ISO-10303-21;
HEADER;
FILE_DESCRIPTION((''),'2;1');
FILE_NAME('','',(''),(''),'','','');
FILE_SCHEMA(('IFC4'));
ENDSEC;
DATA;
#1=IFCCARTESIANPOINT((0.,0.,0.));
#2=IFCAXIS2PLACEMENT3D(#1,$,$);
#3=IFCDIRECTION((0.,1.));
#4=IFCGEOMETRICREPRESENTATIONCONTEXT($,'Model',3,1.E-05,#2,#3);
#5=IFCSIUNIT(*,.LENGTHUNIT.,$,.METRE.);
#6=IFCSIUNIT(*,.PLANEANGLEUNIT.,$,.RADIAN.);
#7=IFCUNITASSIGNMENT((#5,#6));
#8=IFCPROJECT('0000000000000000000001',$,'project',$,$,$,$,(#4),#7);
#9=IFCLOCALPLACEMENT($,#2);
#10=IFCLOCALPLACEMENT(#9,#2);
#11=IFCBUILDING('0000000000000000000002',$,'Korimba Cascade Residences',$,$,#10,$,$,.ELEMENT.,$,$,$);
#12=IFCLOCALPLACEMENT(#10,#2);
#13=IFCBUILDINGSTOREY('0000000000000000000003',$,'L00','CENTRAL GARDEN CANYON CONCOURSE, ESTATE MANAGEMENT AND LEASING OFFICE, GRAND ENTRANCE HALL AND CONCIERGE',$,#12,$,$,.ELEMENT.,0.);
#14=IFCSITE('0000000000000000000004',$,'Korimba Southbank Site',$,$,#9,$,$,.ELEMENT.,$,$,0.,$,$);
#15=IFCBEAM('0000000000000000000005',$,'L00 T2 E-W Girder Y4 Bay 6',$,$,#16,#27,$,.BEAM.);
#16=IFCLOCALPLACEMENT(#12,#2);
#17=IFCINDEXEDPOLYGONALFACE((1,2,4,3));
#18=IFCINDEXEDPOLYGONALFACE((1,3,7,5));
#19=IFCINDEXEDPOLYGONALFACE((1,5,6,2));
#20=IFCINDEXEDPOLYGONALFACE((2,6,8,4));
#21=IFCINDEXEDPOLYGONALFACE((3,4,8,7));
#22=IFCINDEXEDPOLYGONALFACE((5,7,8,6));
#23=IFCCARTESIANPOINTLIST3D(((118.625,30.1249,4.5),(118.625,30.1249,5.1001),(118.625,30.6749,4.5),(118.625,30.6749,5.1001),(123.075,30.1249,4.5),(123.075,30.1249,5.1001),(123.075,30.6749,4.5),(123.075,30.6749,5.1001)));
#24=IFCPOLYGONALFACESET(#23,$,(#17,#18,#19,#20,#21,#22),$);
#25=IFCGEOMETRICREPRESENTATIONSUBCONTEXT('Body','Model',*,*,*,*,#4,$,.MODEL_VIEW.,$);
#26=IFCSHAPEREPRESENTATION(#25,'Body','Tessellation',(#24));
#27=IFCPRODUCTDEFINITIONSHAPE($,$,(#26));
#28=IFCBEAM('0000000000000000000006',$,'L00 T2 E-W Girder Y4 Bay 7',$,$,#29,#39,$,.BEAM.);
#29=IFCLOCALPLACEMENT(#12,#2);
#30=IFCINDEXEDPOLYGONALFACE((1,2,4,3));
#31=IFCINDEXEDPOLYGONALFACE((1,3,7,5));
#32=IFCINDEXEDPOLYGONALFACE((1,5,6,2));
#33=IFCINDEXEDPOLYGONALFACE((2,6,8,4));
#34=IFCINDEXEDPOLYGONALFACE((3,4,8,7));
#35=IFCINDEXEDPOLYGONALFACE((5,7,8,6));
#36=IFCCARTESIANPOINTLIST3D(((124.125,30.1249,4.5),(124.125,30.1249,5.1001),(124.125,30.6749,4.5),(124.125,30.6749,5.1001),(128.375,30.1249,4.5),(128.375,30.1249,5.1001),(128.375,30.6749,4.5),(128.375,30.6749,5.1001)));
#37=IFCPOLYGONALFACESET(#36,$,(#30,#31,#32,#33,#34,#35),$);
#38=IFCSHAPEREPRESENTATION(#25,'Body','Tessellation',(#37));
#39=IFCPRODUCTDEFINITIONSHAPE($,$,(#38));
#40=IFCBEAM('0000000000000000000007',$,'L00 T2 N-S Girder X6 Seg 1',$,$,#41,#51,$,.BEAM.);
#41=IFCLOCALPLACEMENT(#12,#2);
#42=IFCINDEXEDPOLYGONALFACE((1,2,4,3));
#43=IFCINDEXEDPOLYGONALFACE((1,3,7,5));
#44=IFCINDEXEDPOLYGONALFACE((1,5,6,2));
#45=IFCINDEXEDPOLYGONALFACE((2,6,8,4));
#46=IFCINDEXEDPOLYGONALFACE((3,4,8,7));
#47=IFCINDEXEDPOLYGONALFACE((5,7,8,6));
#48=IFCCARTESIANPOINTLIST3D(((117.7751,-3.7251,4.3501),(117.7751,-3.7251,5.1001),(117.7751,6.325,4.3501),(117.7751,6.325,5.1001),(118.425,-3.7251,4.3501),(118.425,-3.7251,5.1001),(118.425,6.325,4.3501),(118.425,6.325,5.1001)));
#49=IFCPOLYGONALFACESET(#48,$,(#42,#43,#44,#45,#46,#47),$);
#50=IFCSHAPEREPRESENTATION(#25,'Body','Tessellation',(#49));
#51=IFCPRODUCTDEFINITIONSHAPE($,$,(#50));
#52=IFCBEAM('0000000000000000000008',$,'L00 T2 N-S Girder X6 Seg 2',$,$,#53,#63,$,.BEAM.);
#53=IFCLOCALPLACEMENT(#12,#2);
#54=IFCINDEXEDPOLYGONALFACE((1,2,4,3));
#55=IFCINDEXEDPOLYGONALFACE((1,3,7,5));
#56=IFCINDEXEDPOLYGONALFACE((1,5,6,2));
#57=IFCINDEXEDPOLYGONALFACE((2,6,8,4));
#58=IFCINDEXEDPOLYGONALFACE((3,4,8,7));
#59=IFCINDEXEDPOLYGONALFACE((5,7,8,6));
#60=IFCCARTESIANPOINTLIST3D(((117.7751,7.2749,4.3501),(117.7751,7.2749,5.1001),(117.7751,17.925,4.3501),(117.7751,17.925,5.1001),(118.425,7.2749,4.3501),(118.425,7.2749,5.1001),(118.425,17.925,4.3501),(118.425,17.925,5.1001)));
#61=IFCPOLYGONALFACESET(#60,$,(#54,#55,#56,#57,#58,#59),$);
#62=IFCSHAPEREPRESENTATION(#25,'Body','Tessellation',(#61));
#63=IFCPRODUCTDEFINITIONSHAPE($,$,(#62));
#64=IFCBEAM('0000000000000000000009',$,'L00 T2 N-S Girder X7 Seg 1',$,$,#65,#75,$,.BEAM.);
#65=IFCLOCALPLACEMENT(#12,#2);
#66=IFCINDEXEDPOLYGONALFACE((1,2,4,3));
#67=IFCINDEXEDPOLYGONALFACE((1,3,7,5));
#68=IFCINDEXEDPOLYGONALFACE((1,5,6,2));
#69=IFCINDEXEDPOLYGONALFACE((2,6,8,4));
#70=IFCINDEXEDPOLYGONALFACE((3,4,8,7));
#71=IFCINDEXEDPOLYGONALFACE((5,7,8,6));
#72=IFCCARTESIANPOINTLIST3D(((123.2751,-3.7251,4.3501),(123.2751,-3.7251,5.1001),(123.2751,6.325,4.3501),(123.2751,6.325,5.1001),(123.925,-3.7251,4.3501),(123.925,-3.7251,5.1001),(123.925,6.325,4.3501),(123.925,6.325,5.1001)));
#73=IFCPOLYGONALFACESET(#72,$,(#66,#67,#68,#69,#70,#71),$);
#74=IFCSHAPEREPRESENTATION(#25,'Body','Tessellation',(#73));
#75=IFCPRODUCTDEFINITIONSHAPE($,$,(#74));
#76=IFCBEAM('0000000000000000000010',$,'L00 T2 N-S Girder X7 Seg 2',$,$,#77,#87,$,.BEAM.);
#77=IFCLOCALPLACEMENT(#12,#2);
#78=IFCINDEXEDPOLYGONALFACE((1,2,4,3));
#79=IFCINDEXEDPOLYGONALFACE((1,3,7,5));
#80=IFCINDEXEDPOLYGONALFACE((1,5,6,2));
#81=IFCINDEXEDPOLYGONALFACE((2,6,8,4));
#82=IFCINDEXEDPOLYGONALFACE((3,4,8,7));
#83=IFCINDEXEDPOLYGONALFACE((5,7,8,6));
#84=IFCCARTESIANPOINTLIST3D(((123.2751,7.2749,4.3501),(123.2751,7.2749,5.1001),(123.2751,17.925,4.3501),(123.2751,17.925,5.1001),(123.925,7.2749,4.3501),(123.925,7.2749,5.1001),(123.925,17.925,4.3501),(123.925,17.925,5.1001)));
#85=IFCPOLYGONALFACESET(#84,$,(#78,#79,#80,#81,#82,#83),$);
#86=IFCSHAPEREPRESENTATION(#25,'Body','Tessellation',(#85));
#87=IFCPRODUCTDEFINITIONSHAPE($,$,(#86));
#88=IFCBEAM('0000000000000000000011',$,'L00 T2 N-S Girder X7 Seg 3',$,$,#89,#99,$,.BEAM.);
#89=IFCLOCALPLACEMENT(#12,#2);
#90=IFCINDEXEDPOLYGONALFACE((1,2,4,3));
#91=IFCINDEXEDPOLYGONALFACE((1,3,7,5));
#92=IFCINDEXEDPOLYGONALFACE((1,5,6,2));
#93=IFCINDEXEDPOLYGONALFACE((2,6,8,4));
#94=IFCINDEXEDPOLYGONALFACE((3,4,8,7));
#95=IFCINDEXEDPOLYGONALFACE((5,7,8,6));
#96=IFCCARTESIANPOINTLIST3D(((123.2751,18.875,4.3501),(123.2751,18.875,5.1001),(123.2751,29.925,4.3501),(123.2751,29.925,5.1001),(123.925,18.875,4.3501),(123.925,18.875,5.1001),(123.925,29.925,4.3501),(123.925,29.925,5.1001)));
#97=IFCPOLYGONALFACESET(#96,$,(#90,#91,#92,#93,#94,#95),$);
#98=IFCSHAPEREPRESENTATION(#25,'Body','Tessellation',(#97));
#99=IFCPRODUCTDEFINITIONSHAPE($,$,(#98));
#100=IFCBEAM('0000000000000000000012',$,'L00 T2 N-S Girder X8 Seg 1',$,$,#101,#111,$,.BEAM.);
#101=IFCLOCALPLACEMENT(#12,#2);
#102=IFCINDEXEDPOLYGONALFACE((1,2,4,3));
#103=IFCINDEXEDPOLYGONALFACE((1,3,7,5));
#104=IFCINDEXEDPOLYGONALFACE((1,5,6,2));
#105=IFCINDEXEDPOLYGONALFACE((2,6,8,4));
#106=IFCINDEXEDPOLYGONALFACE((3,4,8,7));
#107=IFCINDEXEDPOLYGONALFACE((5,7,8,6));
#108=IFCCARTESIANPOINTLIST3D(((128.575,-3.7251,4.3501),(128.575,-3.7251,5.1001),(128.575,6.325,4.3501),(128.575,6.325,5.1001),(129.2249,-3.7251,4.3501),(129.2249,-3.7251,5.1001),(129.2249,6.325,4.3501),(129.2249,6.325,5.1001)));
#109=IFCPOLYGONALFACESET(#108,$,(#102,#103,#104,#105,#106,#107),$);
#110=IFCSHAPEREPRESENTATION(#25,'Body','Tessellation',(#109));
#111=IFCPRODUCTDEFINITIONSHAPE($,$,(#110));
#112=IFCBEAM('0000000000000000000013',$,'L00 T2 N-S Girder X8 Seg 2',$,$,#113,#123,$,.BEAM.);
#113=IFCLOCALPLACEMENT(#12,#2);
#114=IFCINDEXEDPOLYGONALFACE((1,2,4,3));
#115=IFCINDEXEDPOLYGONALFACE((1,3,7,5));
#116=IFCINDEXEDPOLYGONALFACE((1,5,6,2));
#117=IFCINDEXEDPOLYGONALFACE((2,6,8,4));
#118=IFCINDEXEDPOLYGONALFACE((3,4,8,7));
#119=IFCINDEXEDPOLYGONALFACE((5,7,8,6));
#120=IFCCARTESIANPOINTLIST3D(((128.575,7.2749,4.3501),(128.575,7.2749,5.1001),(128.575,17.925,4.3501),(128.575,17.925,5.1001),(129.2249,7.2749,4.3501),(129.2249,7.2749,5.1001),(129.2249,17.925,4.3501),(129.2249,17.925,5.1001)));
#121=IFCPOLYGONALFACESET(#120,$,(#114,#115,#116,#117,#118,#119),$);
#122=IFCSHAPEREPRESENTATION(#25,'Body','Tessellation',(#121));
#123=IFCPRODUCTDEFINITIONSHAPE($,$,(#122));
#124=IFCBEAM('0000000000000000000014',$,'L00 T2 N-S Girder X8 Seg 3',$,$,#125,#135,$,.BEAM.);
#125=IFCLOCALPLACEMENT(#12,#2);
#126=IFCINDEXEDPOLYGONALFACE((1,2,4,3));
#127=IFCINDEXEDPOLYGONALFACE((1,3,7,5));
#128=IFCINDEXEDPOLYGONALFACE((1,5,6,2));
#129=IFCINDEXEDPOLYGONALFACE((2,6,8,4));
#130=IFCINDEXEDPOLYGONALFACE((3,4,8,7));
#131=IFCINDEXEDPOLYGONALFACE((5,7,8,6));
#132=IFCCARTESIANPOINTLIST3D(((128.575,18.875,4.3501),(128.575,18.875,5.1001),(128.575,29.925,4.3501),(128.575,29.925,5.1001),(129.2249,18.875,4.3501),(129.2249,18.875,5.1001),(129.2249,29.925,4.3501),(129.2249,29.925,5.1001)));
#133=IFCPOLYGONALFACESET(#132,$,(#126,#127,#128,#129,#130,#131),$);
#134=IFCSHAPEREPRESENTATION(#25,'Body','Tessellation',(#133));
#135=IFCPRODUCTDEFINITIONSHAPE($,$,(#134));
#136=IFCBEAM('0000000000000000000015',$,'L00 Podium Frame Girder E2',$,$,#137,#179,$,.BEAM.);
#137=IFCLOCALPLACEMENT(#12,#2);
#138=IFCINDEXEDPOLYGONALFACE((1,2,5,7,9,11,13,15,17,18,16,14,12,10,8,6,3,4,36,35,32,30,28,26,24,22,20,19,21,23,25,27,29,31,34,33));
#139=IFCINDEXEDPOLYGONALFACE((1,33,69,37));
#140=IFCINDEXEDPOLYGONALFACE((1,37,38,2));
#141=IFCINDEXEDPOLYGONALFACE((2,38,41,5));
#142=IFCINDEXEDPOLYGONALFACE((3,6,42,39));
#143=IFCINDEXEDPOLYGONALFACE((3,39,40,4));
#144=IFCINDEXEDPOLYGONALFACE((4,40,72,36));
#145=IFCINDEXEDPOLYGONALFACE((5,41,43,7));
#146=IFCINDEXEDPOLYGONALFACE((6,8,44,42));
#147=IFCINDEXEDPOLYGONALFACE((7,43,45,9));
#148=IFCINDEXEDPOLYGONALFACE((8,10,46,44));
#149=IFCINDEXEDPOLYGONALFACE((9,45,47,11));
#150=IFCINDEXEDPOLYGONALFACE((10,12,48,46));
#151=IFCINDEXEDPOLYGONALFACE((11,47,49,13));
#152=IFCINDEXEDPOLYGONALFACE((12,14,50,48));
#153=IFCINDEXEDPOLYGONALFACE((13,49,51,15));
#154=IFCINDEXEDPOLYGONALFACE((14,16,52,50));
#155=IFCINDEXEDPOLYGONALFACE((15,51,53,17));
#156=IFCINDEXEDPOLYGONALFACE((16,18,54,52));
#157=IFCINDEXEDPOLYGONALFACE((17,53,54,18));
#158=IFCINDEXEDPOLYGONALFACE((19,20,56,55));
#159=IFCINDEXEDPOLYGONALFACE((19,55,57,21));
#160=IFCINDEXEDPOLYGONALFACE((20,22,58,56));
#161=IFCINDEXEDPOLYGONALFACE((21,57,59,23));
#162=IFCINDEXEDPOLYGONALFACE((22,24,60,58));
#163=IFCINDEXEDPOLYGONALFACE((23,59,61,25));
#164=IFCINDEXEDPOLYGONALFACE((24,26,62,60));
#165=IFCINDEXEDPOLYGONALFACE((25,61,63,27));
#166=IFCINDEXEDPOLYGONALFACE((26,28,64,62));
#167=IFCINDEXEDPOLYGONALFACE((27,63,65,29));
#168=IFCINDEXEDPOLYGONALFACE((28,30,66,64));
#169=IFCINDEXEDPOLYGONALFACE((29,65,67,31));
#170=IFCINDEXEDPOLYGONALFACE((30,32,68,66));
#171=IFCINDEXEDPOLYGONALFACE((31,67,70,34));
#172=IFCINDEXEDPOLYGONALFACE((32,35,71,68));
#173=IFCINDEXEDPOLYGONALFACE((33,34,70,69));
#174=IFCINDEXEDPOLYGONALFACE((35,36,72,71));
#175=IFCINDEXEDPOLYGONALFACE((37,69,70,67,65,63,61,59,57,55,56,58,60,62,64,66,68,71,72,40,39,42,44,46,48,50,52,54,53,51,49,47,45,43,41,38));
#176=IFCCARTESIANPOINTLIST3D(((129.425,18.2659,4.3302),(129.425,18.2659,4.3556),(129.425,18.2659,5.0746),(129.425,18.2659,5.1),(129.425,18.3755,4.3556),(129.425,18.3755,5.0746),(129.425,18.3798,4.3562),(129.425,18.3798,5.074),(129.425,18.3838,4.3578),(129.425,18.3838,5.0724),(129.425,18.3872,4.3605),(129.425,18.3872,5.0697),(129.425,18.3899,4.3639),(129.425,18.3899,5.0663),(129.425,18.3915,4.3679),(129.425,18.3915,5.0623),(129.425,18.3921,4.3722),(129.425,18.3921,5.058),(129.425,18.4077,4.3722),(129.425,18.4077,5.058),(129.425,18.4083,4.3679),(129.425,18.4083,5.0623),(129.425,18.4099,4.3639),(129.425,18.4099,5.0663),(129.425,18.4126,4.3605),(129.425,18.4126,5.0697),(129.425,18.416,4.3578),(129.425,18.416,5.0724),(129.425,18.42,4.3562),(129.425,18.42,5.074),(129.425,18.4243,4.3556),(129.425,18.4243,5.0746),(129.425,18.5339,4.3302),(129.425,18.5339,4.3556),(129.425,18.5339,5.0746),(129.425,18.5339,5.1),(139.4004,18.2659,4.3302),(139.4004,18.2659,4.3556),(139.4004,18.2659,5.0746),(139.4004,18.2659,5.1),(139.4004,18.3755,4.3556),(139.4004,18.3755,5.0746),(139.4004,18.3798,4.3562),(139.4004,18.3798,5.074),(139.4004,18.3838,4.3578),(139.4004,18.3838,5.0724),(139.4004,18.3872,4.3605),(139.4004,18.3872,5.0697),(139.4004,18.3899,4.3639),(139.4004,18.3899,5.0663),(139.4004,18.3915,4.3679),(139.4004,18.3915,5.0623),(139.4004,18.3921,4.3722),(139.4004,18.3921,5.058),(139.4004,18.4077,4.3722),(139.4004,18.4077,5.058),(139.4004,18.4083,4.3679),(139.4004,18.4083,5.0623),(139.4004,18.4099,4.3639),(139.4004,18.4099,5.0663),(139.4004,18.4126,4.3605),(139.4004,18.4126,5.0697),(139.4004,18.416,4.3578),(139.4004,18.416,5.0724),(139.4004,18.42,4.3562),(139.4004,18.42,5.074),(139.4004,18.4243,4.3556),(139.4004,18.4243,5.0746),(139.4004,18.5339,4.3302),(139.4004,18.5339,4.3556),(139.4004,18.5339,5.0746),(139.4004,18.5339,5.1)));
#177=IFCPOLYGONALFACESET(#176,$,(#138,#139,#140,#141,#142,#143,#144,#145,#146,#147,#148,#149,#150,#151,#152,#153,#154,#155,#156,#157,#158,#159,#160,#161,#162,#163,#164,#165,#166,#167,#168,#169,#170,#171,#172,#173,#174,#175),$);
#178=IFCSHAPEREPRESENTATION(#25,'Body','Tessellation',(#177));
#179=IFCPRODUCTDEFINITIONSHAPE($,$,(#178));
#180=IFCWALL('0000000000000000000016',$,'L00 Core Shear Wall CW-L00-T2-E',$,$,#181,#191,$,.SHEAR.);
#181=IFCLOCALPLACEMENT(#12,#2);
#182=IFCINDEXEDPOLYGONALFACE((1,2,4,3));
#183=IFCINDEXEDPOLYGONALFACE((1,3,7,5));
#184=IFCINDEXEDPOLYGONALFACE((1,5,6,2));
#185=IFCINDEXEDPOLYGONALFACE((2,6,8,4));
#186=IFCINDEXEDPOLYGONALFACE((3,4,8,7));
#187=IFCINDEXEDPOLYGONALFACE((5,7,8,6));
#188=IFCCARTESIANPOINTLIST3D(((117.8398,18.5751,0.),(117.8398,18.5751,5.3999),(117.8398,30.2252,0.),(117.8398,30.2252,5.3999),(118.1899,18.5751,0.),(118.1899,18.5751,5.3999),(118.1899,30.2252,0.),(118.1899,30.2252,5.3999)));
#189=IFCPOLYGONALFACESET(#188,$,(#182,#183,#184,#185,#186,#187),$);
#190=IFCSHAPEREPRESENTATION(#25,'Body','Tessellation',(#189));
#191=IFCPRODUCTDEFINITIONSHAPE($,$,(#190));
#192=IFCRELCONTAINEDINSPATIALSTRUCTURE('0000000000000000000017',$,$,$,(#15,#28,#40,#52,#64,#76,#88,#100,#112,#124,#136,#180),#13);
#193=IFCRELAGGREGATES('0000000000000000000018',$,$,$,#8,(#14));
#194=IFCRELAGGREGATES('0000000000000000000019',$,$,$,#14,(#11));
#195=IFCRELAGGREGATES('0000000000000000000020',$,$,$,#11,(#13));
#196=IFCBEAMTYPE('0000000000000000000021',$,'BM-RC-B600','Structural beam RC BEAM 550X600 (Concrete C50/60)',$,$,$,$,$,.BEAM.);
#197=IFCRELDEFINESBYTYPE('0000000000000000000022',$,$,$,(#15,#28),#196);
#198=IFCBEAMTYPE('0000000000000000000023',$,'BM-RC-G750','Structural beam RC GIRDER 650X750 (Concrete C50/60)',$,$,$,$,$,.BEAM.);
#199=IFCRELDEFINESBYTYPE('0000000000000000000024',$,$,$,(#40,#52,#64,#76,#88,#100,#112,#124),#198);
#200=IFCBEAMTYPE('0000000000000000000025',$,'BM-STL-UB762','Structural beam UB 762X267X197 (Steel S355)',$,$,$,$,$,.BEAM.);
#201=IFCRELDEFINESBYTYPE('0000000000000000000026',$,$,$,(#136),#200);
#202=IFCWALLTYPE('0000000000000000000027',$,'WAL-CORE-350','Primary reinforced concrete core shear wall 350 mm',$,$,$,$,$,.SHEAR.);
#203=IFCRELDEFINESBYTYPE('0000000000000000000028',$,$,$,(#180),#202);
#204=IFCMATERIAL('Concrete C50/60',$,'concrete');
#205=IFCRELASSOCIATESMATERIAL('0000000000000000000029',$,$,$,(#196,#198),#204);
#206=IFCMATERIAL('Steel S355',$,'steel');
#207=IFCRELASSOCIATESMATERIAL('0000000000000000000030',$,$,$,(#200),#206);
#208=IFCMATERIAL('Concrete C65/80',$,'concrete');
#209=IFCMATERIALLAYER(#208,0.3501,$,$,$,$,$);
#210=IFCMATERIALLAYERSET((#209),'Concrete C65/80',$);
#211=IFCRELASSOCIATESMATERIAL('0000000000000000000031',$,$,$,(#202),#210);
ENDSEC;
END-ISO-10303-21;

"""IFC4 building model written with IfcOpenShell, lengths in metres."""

from ifc_helpers import new_model, si_unit, direction, frame, frame_2d, origin, origin_2d, place, context, subcontext, project, spatial, rectangle, i_section, extrude, material, layer, layer_set, material_profile, profile_set, type_object, element, save


model = new_model("IFC4")

# Units and contexts
model_context = context("Model", 3, precision=1e-05, world=origin(), true_north=direction((0.0, 1.0)))
body_context = subcontext(model_context, "Body", "Model", "MODEL_VIEW")
ifc_project = project(units=[si_unit("LENGTHUNIT", "METRE"), si_unit("PLANEANGLEUNIT", "RADIAN")], contexts=[model_context])

# Site, building, storey
site_placement = place(None, origin())
site = spatial("IfcSite", under=ifc_project, at=site_placement, Name="Korimba Southbank Site", CompositionType="ELEMENT", RefElevation=0.0)
building_placement = place(site_placement, origin())
building = spatial("IfcBuilding", under=site, at=building_placement, Name="Korimba Cascade Residences", CompositionType="ELEMENT")
storey_placement = place(building_placement, origin())
storey = spatial("IfcBuildingStorey", under=building, at=storey_placement, Name="L00", Description="CENTRAL GARDEN CANYON CONCOURSE, ESTATE MANAGEMENT AND LEASING OFFICE, GRAND ENTRANCE HALL AND CONCIERGE", CompositionType="ELEMENT", Elevation=0.0)

# Shared definitions
ifc_material_1 = material(Name="Steel S355", Category="steel")

# Beams
ifc_material_2 = material(Name="Concrete C50/60", Category="concrete")
ifc_material_profile_1 = material_profile(ifc_material_2, rectangle(XDim=0.55, YDim=0.6001, at=origin_2d()), Name="Concrete C50/60")
ifc_profile_set_1 = profile_set([ifc_material_profile_1], Name="Concrete C50/60")
beam_type_1 = type_object("IfcBeamType", Name="BM-RC-B600", Description="Structural beam RC BEAM 550X600 (Concrete C50/60)", PredefinedType="BEAM", material=ifc_profile_set_1)
beam_1_placement = place(storey_placement, frame((118.625, 30.3999, 4.8), z_axis=(1.0, 0.0, 0.0), x_axis=(0.0, 1.0, 0.0)))
element("IfcBeam", 1, at=beam_1_placement, inside=storey, type_object=beam_type_1, Name="L00 T2 E-W Girder Y4 Bay 6", PredefinedType="BEAM", context=body_context, shape_type="SweptSolid", body=[
    extrude(rectangle(XDim=0.55, YDim=0.6001, at=origin_2d()), origin(), (0.0, 0.0, 1.0), 4.45),
])
beam_2_placement = place(storey_placement, frame((124.125, 30.3999, 4.8), z_axis=(1.0, 0.0, 0.0), x_axis=(0.0, 1.0, 0.0)))
element("IfcBeam", 2, at=beam_2_placement, inside=storey, type_object=beam_type_1, Name="L00 T2 E-W Girder Y4 Bay 7", PredefinedType="BEAM", context=body_context, shape_type="SweptSolid", body=[
    extrude(rectangle(XDim=0.55, YDim=0.6001, at=origin_2d()), origin(), (0.0, 0.0, 1.0), 4.25),
])
ifc_material_profile_2 = material_profile(ifc_material_2, rectangle(XDim=0.6499, YDim=0.75, at=origin_2d()), Name="Concrete C50/60")
ifc_profile_set_2 = profile_set([ifc_material_profile_2], Name="Concrete C50/60")
beam_type_2 = type_object("IfcBeamType", Name="BM-RC-G750", Description="Structural beam RC GIRDER 650X750 (Concrete C50/60)", PredefinedType="BEAM", material=ifc_profile_set_2)
beam_3_placement = place(storey_placement, frame((118.1001, -3.7251, 4.7251), z_axis=(0.0, 1.0, 0.0), x_axis=(-1.0, 0.0, 0.0)))
element("IfcBeam", 3, at=beam_3_placement, inside=storey, type_object=beam_type_2, Name="L00 T2 N-S Girder X6 Seg 1", PredefinedType="BEAM", context=body_context, shape_type="SweptSolid", body=[
    extrude(rectangle(XDim=0.6499, YDim=0.75, at=origin_2d()), origin(), (0.0, 0.0, 1.0), 10.05),
])
beam_4_placement = place(storey_placement, frame((118.1001, 7.2749, 4.7251), z_axis=(0.0, 1.0, 0.0), x_axis=(-1.0, 0.0, 0.0)))
element("IfcBeam", 4, at=beam_4_placement, inside=storey, type_object=beam_type_2, Name="L00 T2 N-S Girder X6 Seg 2", PredefinedType="BEAM", context=body_context, shape_type="SweptSolid", body=[
    extrude(rectangle(XDim=0.6499, YDim=0.75, at=origin_2d()), origin(), (0.0, 0.0, 1.0), 10.6501),
])
beam_5_placement = place(storey_placement, frame((123.6001, -3.7251, 4.7251), z_axis=(0.0, 1.0, 0.0), x_axis=(-1.0, 0.0, 0.0)))
element("IfcBeam", 5, at=beam_5_placement, inside=storey, type_object=beam_type_2, Name="L00 T2 N-S Girder X7 Seg 1", PredefinedType="BEAM", context=body_context, shape_type="SweptSolid", body=[
    extrude(rectangle(XDim=0.6499, YDim=0.75, at=origin_2d()), origin(), (0.0, 0.0, 1.0), 10.05),
])
beam_6_placement = place(storey_placement, frame((123.6001, 7.2749, 4.7251), z_axis=(0.0, 1.0, 0.0), x_axis=(-1.0, 0.0, 0.0)))
element("IfcBeam", 6, at=beam_6_placement, inside=storey, type_object=beam_type_2, Name="L00 T2 N-S Girder X7 Seg 2", PredefinedType="BEAM", context=body_context, shape_type="SweptSolid", body=[
    extrude(rectangle(XDim=0.6499, YDim=0.75, at=origin_2d()), origin(), (0.0, 0.0, 1.0), 10.6501),
])
beam_7_placement = place(storey_placement, frame((123.6001, 18.875, 4.7251), z_axis=(0.0, 1.0, 0.0), x_axis=(-1.0, 0.0, 0.0)))
element("IfcBeam", 7, at=beam_7_placement, inside=storey, type_object=beam_type_2, Name="L00 T2 N-S Girder X7 Seg 3", PredefinedType="BEAM", context=body_context, shape_type="SweptSolid", body=[
    extrude(rectangle(XDim=0.6499, YDim=0.75, at=origin_2d()), origin(), (0.0, 0.0, 1.0), 11.05),
])
beam_8_placement = place(storey_placement, frame((128.8999, -3.7251, 4.7251), z_axis=(0.0, 1.0, 0.0), x_axis=(-1.0, 0.0, 0.0)))
element("IfcBeam", 8, at=beam_8_placement, inside=storey, type_object=beam_type_2, Name="L00 T2 N-S Girder X8 Seg 1", PredefinedType="BEAM", context=body_context, shape_type="SweptSolid", body=[
    extrude(rectangle(XDim=0.6499, YDim=0.75, at=origin_2d()), origin(), (0.0, 0.0, 1.0), 10.05),
])
beam_9_placement = place(storey_placement, frame((128.8999, 7.2749, 4.7251), z_axis=(0.0, 1.0, 0.0), x_axis=(-1.0, 0.0, 0.0)))
element("IfcBeam", 9, at=beam_9_placement, inside=storey, type_object=beam_type_2, Name="L00 T2 N-S Girder X8 Seg 2", PredefinedType="BEAM", context=body_context, shape_type="SweptSolid", body=[
    extrude(rectangle(XDim=0.6499, YDim=0.75, at=origin_2d()), origin(), (0.0, 0.0, 1.0), 10.6501),
])
beam_10_placement = place(storey_placement, frame((128.8999, 18.875, 4.7251), z_axis=(0.0, 1.0, 0.0), x_axis=(-1.0, 0.0, 0.0)))
element("IfcBeam", 10, at=beam_10_placement, inside=storey, type_object=beam_type_2, Name="L00 T2 N-S Girder X8 Seg 3", PredefinedType="BEAM", context=body_context, shape_type="SweptSolid", body=[
    extrude(rectangle(XDim=0.6499, YDim=0.75, at=origin_2d()), origin(), (0.0, 0.0, 1.0), 11.05),
])
ifc_material_profile_3 = material_profile(ifc_material_1, i_section(OverallWidth=0.2681, OverallDepth=0.7698, WebThickness=0.0156, FlangeThickness=0.0254, FilletRadius=0.0166, at=origin_2d()), Name="Steel S355")
ifc_profile_set_3 = profile_set([ifc_material_profile_3], Name="Steel S355")
beam_type_3 = type_object("IfcBeamType", Name="BM-STL-UB762", Description="Structural beam UB 762X267X197 (Steel S355)", PredefinedType="BEAM", material=ifc_profile_set_3)
beam_11_placement = place(storey_placement, frame((129.425, 18.3999, 4.7151), z_axis=(1.0, 0.0, 0.0), x_axis=(0.0, 1.0, 0.0)))
element("IfcBeam", 11, at=beam_11_placement, inside=storey, type_object=beam_type_3, Name="L00 Podium Frame Girder E2", PredefinedType="BEAM", context=body_context, shape_type="SweptSolid", body=[
    extrude(i_section(OverallWidth=0.2681, OverallDepth=0.7698, WebThickness=0.0156, FlangeThickness=0.0254, FilletRadius=0.0166, at=origin_2d()), origin(), (0.0, 0.0, 1.0), 9.9753),
])

# Wall
ifc_material_3 = material(Name="Concrete C65/80", Category="concrete")
ifc_layer_1 = layer(ifc_material_3, 0.3501)
ifc_layer_set_1 = layer_set([ifc_layer_1], Name="Concrete C65/80")
wall_type = type_object("IfcWallType", Name="WAL-CORE-350", Description="Primary reinforced concrete core shear wall 350 mm", PredefinedType="SHEAR", material=ifc_layer_set_1)
wall_placement = place(storey_placement, frame((118.0149, 18.575, 0.0), z_axis=(0.0, 0.0, 1.0), x_axis=(0.0, 1.0, 0.0)))
element("IfcWall", 12, at=wall_placement, inside=storey, type_object=wall_type, Name="L00 Core Shear Wall CW-L00-T2-E", PredefinedType="SHEAR", context=body_context, shape_type="SweptSolid", body=[
    extrude(rectangle(XDim=11.6501, YDim=0.3501, at=frame_2d((5.8252, 0.0))), origin(), (0.0, 0.0, 1.0), 5.3999),
])

save(model, "model.ifc")
